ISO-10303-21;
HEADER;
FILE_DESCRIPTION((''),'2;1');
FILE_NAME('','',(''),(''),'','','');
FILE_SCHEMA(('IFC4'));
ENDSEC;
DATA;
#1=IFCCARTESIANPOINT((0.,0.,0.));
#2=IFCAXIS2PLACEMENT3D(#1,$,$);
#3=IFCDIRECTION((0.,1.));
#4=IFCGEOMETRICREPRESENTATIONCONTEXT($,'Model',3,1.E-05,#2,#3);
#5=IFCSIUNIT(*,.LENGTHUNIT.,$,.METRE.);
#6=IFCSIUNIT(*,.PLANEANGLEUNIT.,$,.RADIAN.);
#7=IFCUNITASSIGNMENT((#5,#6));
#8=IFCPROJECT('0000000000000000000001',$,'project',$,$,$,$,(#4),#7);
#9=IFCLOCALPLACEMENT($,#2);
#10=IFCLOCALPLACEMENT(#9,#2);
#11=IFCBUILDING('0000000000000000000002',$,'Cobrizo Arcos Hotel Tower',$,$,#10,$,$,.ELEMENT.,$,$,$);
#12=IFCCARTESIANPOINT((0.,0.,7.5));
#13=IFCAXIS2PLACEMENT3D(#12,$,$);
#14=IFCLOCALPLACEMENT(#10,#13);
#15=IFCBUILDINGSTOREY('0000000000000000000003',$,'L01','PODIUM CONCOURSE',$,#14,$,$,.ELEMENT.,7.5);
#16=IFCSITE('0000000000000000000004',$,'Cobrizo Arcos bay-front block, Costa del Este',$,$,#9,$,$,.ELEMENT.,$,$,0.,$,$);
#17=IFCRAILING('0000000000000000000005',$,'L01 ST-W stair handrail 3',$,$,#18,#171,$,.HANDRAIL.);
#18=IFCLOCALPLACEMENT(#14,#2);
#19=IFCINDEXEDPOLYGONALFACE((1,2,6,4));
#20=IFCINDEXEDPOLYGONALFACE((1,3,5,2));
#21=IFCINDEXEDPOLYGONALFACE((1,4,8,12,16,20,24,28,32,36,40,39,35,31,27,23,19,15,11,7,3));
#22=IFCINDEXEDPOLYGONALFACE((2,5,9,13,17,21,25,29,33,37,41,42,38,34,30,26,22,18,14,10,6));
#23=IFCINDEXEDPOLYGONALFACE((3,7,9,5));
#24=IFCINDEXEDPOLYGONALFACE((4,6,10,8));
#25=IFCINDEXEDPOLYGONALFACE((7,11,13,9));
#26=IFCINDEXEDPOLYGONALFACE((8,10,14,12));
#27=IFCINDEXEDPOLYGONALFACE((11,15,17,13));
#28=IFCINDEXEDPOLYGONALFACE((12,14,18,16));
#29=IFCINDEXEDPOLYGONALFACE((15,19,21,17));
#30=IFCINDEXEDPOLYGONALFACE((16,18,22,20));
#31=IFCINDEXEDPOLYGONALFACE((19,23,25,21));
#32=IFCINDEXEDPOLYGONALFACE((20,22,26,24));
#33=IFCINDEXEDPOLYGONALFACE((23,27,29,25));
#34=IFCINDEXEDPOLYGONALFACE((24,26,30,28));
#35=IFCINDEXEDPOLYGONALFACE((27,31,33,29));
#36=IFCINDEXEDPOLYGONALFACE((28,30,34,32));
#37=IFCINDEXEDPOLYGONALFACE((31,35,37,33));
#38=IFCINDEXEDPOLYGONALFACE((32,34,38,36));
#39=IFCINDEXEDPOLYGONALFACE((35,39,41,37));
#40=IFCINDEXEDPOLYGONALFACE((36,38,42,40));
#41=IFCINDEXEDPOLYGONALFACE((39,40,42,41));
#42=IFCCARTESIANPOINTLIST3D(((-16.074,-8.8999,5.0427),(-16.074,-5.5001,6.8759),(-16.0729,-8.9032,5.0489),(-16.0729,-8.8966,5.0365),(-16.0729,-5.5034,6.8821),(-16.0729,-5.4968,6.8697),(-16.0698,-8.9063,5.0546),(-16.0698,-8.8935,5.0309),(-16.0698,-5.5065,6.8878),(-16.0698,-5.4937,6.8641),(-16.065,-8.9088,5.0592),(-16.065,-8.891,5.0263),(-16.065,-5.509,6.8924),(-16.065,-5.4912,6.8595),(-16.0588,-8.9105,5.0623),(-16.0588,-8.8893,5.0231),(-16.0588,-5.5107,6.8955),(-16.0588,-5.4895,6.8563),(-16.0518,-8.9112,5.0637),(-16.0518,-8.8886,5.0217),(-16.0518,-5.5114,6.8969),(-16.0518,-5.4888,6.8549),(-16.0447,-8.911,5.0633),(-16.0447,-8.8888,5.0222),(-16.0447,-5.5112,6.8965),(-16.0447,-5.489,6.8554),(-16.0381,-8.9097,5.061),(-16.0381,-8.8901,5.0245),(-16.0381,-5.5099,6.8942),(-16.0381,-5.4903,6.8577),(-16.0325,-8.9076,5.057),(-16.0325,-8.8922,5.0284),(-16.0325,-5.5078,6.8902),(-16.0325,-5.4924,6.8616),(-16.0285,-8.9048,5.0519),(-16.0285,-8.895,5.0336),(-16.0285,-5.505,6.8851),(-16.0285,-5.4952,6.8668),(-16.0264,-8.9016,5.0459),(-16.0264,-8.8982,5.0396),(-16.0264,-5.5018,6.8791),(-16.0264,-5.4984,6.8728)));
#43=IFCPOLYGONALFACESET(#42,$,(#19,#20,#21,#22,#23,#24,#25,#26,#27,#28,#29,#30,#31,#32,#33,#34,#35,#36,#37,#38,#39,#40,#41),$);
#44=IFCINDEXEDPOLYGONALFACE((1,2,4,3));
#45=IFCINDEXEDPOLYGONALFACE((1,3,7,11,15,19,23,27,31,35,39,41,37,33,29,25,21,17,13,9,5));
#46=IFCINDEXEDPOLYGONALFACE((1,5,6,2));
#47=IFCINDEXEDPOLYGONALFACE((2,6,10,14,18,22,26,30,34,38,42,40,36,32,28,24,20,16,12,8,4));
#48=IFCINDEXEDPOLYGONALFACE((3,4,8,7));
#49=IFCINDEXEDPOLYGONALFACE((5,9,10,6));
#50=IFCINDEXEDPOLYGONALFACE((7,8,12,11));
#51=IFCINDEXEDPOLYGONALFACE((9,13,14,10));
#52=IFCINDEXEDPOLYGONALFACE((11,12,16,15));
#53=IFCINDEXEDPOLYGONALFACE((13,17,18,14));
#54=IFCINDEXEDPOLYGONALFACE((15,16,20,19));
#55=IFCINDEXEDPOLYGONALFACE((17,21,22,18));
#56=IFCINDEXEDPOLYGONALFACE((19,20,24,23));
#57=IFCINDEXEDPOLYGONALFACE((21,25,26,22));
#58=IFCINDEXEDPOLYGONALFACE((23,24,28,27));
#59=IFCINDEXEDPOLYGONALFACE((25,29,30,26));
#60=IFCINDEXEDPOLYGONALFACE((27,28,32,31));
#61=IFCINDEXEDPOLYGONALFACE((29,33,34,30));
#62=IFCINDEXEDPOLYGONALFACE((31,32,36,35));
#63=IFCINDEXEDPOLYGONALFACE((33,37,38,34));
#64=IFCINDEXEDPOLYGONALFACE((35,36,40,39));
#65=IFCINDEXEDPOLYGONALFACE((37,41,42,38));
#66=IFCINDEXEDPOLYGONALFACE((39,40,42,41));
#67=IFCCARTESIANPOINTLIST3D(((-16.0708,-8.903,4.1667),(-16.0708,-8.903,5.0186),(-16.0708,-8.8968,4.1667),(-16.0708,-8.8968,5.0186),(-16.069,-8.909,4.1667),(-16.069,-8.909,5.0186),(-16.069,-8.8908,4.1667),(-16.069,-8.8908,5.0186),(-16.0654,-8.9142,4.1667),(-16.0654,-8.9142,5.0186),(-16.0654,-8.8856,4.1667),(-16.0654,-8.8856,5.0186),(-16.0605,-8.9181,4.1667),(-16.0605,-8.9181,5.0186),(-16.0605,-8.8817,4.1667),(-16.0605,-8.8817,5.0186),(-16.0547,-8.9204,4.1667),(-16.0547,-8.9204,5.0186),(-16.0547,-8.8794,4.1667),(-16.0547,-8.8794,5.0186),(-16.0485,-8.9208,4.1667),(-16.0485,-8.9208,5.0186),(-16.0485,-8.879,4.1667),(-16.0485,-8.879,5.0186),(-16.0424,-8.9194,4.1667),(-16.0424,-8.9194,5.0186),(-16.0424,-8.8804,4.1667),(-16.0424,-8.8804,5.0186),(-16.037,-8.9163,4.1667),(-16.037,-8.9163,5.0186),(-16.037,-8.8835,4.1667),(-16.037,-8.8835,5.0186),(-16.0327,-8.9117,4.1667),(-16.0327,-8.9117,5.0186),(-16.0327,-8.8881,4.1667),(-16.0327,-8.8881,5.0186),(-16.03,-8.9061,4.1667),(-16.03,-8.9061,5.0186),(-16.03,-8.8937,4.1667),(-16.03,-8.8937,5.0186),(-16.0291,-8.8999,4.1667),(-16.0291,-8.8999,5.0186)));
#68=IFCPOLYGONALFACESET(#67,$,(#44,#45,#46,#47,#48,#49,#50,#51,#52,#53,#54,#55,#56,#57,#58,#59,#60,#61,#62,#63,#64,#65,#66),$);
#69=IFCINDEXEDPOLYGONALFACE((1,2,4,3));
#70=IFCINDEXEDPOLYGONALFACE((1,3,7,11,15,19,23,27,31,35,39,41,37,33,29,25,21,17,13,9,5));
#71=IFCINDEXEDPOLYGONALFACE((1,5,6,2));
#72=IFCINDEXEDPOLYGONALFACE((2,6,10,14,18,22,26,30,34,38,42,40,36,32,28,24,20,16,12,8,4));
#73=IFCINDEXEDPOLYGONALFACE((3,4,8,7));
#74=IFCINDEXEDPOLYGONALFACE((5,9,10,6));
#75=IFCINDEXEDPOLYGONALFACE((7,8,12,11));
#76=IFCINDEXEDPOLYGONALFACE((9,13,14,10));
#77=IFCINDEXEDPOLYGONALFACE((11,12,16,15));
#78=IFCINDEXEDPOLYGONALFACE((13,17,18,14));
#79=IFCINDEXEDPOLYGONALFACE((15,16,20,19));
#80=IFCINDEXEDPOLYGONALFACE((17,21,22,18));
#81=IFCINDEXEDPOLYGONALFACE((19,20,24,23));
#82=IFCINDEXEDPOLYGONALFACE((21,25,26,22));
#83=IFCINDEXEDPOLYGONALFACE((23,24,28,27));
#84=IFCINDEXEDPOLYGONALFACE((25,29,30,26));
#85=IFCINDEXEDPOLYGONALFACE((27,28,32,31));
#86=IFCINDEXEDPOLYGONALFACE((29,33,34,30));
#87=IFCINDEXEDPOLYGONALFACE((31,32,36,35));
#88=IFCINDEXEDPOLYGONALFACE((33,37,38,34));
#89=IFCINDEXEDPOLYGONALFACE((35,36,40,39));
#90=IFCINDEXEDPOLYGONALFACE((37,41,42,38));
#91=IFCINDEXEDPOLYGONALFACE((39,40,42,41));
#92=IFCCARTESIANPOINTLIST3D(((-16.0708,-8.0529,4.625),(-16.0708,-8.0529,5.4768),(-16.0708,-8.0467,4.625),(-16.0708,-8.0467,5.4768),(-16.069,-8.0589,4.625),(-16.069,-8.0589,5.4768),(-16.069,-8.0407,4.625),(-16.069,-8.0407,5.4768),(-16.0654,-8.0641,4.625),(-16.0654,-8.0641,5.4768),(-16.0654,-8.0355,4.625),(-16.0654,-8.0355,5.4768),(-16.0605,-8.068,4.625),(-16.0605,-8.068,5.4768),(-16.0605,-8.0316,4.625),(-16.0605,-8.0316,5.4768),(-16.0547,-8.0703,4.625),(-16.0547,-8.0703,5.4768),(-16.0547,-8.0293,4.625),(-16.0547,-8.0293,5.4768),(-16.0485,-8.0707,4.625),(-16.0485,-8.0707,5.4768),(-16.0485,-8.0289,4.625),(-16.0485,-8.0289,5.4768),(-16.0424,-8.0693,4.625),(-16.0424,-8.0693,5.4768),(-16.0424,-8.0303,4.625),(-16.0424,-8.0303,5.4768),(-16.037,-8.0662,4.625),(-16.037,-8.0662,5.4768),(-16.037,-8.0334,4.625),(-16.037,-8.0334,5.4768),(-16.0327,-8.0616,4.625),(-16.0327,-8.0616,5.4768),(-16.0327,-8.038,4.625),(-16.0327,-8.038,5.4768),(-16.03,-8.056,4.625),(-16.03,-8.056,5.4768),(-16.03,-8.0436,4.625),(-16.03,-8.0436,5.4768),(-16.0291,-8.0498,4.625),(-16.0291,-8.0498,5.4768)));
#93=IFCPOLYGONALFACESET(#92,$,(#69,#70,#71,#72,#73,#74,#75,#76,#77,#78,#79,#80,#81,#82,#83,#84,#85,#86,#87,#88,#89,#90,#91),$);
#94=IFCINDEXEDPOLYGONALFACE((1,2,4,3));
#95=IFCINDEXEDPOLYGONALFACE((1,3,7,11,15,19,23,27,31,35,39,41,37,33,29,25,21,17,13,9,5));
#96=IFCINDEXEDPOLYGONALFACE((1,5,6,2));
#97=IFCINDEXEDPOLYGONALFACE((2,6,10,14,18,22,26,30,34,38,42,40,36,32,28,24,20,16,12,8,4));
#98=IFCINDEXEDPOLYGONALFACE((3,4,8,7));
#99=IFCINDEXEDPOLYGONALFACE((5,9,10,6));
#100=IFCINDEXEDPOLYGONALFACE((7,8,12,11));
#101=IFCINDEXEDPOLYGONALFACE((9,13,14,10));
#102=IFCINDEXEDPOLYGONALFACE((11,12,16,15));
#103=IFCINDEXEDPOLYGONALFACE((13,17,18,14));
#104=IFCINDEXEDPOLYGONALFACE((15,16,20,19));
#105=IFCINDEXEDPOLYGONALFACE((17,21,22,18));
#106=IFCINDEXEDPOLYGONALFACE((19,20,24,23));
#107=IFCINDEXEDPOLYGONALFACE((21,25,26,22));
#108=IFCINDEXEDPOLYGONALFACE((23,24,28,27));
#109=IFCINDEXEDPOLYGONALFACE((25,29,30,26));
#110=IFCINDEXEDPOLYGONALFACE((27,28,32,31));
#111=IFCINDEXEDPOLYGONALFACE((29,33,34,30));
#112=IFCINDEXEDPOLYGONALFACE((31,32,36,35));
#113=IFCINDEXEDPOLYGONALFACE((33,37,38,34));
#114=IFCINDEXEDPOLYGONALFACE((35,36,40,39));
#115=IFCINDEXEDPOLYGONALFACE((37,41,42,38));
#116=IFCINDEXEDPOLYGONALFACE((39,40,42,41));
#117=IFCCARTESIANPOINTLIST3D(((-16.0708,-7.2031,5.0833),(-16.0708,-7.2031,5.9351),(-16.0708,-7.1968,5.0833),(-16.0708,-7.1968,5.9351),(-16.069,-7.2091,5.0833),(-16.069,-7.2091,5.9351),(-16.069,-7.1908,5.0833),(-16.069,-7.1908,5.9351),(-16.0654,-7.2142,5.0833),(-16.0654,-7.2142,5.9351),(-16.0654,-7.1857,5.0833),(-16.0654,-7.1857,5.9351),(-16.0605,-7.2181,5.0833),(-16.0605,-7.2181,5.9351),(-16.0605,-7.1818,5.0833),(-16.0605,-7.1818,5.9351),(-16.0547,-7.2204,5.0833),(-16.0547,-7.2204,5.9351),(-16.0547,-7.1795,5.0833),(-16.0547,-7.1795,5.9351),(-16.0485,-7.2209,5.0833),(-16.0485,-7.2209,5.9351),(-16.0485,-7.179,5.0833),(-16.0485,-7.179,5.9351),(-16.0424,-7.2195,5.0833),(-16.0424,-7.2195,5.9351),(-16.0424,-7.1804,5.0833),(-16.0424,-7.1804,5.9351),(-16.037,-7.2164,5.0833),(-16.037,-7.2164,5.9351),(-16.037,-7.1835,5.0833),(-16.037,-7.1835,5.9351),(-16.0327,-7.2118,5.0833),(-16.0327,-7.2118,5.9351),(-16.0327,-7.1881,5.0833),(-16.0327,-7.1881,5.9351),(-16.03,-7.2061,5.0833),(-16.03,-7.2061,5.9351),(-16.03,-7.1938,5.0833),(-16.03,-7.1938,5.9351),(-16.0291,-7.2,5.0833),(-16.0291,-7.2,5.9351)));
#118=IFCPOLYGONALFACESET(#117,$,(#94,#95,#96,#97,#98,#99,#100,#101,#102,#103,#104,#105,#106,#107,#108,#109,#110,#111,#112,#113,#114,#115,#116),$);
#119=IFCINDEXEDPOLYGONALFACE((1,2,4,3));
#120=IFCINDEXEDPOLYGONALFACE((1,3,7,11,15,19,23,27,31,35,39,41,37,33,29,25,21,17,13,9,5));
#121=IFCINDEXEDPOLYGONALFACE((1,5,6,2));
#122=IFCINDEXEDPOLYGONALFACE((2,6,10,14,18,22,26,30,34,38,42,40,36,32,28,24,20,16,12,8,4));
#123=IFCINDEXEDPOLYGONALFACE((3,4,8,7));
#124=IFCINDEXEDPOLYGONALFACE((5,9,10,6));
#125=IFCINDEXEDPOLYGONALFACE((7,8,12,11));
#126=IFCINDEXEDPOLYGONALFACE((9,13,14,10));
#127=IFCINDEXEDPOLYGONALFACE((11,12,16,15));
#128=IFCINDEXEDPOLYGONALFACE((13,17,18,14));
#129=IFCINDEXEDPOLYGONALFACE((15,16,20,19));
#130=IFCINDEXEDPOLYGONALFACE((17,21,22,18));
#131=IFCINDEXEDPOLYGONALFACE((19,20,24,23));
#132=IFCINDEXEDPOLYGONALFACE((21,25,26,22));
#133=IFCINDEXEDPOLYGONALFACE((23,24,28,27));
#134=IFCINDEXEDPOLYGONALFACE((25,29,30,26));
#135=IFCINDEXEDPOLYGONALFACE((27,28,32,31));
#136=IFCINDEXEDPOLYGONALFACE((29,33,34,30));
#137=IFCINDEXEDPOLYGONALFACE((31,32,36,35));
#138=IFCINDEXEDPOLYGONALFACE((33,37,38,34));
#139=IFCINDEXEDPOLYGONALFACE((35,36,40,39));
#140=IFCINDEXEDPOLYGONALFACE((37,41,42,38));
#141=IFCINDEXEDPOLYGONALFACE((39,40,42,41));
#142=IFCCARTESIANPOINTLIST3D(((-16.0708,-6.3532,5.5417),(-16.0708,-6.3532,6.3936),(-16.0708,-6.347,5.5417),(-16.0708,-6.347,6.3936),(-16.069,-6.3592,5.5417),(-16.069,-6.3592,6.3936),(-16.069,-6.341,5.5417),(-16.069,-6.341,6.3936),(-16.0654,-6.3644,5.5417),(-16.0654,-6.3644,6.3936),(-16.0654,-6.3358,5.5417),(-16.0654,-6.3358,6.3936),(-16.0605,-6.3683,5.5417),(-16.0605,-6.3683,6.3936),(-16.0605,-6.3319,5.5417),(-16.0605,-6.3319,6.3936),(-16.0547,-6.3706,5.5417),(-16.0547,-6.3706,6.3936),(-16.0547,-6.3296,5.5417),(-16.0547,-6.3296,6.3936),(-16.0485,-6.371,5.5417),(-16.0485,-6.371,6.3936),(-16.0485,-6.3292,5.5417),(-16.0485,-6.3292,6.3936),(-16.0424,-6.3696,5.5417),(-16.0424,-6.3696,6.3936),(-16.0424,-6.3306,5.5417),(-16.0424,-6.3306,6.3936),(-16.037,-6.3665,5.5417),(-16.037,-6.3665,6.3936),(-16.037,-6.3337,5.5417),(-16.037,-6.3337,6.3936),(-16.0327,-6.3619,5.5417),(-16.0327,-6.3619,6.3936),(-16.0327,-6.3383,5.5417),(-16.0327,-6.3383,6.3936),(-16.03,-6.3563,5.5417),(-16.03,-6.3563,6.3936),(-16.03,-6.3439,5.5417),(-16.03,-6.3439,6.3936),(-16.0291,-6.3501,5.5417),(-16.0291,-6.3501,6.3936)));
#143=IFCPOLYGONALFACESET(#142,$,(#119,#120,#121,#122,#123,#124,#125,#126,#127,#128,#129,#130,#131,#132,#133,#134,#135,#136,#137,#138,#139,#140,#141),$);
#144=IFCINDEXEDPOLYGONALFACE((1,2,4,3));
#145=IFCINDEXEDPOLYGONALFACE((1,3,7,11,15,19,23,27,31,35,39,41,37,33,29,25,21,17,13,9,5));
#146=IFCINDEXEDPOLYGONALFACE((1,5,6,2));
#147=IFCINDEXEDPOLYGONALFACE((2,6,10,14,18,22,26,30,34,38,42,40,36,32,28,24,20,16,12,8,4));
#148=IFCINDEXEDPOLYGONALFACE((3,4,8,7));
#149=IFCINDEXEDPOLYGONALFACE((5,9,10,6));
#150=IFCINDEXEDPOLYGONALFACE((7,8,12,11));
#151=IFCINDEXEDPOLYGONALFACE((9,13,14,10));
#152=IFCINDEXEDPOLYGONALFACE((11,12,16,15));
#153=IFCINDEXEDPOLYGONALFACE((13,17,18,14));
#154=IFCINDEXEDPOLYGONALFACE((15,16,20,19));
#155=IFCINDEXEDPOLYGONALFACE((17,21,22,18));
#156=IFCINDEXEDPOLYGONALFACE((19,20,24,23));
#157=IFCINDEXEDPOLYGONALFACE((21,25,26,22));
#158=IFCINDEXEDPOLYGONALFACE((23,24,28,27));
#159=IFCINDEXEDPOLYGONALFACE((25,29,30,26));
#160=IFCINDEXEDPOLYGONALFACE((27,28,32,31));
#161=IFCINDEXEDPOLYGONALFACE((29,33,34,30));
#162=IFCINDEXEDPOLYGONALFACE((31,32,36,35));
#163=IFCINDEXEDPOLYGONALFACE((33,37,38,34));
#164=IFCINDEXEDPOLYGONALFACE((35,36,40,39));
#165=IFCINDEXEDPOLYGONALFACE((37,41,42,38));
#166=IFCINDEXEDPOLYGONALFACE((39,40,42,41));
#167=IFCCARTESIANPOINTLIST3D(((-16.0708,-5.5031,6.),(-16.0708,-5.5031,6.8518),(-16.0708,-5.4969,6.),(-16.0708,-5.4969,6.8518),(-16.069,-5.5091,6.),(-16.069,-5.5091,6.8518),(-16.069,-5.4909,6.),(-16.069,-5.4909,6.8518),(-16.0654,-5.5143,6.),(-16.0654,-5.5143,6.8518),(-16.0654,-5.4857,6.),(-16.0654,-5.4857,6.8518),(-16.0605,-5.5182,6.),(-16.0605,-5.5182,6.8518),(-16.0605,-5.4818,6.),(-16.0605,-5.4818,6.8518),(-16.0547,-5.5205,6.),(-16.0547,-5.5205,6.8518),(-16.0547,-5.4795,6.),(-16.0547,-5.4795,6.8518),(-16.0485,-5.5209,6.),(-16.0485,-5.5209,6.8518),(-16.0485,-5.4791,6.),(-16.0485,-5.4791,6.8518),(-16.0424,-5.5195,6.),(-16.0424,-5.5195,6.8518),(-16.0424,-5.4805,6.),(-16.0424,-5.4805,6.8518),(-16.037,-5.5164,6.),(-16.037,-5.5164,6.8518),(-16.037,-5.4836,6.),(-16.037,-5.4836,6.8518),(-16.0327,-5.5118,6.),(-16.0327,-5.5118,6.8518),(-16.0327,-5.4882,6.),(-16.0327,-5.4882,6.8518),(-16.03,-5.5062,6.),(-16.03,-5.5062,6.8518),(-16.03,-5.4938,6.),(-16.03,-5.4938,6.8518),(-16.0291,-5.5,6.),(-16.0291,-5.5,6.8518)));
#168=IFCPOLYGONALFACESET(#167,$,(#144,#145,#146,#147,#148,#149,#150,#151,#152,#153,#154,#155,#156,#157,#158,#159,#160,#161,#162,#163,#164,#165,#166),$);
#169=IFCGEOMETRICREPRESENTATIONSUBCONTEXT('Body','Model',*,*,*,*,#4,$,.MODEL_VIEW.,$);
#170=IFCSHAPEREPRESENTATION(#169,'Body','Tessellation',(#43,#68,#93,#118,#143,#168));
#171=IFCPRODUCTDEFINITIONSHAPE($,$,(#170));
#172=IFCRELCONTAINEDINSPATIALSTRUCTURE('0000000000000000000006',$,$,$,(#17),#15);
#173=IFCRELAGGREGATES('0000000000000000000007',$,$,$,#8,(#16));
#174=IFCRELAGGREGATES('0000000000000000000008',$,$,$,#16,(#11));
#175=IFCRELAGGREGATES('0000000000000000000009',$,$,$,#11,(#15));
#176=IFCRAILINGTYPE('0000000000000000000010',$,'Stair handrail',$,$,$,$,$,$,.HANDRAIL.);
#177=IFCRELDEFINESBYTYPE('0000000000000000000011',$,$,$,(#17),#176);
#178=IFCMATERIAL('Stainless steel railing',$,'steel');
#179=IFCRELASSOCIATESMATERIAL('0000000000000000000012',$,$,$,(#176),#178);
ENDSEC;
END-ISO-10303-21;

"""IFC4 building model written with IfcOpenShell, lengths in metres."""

from ifc_helpers import new_model, si_unit, direction, frame, origin, origin_2d, place, context, subcontext, project, spatial, circle, extrude, material, type_object, element, save


model = new_model("IFC4")

# Units and contexts
model_context = context("Model", 3, precision=1e-05, world=origin(), true_north=direction((0.0, 1.0)))
body_context = subcontext(model_context, "Body", "Model", "MODEL_VIEW")
ifc_project = project(units=[si_unit("LENGTHUNIT", "METRE"), si_unit("PLANEANGLEUNIT", "RADIAN")], contexts=[model_context])

# Site, building, storey
site_placement = place(None, origin())
site = spatial("IfcSite", under=ifc_project, at=site_placement, Name="Cobrizo Arcos bay-front block, Costa del Este", CompositionType="ELEMENT", RefElevation=0.0)
building_placement = place(site_placement, origin())
building = spatial("IfcBuilding", under=site, at=building_placement, Name="Cobrizo Arcos Hotel Tower", CompositionType="ELEMENT")
storey_placement = place(building_placement, frame((0.0, 0.0, 7.5)))
storey = spatial("IfcBuildingStorey", under=building, at=storey_placement, Name="L01", Description="PODIUM CONCOURSE", CompositionType="ELEMENT", Elevation=7.5)

# Railing
ifc_material_1 = material(Name="Stainless steel railing", Category="steel")
railing_type = type_object("IfcRailingType", Name="Stair handrail", PredefinedType="HANDRAIL", material=ifc_material_1)
for number, where, name in (
    (1, (-16.05, -8.8999, 4.1667), "L01 ST-W stair handrail 3"),
):
    element("IfcRailing", number, at=place(storey_placement, frame(where)), inside=storey, type_object=railing_type, Name=name, PredefinedType="HANDRAIL", context=body_context, shape_type="SweptSolid", body=[
        extrude(circle(Radius=0.0239, at=origin_2d()), frame((0.0, 0.0, 0.876), z_axis=(0.0, 0.880197, 0.474609), x_axis=(-1.0, 0.0, 0.0)), (0.0, 0.0, 1.0), 3.8625),
        extrude(circle(Radius=0.021, at=origin_2d()), origin(), (0.0, 0.0, 1.0), 0.8518),
        extrude(circle(Radius=0.021, at=origin_2d()), frame((0.0, 0.8501, 0.4583)), (0.0, 0.0, 1.0), 0.8518),
        extrude(circle(Radius=0.021, at=origin_2d()), frame((0.0, 1.7, 0.9165)), (0.0, 0.0, 1.0), 0.8518),
        extrude(circle(Radius=0.021, at=origin_2d()), frame((0.0, 2.5498, 1.375)), (0.0, 0.0, 1.0), 0.8518),
        extrude(circle(Radius=0.021, at=origin_2d()), frame((0.0, 3.3999, 1.8333)), (0.0, 0.0, 1.0), 0.8518),
    ])

save(model, "model.ifc")
